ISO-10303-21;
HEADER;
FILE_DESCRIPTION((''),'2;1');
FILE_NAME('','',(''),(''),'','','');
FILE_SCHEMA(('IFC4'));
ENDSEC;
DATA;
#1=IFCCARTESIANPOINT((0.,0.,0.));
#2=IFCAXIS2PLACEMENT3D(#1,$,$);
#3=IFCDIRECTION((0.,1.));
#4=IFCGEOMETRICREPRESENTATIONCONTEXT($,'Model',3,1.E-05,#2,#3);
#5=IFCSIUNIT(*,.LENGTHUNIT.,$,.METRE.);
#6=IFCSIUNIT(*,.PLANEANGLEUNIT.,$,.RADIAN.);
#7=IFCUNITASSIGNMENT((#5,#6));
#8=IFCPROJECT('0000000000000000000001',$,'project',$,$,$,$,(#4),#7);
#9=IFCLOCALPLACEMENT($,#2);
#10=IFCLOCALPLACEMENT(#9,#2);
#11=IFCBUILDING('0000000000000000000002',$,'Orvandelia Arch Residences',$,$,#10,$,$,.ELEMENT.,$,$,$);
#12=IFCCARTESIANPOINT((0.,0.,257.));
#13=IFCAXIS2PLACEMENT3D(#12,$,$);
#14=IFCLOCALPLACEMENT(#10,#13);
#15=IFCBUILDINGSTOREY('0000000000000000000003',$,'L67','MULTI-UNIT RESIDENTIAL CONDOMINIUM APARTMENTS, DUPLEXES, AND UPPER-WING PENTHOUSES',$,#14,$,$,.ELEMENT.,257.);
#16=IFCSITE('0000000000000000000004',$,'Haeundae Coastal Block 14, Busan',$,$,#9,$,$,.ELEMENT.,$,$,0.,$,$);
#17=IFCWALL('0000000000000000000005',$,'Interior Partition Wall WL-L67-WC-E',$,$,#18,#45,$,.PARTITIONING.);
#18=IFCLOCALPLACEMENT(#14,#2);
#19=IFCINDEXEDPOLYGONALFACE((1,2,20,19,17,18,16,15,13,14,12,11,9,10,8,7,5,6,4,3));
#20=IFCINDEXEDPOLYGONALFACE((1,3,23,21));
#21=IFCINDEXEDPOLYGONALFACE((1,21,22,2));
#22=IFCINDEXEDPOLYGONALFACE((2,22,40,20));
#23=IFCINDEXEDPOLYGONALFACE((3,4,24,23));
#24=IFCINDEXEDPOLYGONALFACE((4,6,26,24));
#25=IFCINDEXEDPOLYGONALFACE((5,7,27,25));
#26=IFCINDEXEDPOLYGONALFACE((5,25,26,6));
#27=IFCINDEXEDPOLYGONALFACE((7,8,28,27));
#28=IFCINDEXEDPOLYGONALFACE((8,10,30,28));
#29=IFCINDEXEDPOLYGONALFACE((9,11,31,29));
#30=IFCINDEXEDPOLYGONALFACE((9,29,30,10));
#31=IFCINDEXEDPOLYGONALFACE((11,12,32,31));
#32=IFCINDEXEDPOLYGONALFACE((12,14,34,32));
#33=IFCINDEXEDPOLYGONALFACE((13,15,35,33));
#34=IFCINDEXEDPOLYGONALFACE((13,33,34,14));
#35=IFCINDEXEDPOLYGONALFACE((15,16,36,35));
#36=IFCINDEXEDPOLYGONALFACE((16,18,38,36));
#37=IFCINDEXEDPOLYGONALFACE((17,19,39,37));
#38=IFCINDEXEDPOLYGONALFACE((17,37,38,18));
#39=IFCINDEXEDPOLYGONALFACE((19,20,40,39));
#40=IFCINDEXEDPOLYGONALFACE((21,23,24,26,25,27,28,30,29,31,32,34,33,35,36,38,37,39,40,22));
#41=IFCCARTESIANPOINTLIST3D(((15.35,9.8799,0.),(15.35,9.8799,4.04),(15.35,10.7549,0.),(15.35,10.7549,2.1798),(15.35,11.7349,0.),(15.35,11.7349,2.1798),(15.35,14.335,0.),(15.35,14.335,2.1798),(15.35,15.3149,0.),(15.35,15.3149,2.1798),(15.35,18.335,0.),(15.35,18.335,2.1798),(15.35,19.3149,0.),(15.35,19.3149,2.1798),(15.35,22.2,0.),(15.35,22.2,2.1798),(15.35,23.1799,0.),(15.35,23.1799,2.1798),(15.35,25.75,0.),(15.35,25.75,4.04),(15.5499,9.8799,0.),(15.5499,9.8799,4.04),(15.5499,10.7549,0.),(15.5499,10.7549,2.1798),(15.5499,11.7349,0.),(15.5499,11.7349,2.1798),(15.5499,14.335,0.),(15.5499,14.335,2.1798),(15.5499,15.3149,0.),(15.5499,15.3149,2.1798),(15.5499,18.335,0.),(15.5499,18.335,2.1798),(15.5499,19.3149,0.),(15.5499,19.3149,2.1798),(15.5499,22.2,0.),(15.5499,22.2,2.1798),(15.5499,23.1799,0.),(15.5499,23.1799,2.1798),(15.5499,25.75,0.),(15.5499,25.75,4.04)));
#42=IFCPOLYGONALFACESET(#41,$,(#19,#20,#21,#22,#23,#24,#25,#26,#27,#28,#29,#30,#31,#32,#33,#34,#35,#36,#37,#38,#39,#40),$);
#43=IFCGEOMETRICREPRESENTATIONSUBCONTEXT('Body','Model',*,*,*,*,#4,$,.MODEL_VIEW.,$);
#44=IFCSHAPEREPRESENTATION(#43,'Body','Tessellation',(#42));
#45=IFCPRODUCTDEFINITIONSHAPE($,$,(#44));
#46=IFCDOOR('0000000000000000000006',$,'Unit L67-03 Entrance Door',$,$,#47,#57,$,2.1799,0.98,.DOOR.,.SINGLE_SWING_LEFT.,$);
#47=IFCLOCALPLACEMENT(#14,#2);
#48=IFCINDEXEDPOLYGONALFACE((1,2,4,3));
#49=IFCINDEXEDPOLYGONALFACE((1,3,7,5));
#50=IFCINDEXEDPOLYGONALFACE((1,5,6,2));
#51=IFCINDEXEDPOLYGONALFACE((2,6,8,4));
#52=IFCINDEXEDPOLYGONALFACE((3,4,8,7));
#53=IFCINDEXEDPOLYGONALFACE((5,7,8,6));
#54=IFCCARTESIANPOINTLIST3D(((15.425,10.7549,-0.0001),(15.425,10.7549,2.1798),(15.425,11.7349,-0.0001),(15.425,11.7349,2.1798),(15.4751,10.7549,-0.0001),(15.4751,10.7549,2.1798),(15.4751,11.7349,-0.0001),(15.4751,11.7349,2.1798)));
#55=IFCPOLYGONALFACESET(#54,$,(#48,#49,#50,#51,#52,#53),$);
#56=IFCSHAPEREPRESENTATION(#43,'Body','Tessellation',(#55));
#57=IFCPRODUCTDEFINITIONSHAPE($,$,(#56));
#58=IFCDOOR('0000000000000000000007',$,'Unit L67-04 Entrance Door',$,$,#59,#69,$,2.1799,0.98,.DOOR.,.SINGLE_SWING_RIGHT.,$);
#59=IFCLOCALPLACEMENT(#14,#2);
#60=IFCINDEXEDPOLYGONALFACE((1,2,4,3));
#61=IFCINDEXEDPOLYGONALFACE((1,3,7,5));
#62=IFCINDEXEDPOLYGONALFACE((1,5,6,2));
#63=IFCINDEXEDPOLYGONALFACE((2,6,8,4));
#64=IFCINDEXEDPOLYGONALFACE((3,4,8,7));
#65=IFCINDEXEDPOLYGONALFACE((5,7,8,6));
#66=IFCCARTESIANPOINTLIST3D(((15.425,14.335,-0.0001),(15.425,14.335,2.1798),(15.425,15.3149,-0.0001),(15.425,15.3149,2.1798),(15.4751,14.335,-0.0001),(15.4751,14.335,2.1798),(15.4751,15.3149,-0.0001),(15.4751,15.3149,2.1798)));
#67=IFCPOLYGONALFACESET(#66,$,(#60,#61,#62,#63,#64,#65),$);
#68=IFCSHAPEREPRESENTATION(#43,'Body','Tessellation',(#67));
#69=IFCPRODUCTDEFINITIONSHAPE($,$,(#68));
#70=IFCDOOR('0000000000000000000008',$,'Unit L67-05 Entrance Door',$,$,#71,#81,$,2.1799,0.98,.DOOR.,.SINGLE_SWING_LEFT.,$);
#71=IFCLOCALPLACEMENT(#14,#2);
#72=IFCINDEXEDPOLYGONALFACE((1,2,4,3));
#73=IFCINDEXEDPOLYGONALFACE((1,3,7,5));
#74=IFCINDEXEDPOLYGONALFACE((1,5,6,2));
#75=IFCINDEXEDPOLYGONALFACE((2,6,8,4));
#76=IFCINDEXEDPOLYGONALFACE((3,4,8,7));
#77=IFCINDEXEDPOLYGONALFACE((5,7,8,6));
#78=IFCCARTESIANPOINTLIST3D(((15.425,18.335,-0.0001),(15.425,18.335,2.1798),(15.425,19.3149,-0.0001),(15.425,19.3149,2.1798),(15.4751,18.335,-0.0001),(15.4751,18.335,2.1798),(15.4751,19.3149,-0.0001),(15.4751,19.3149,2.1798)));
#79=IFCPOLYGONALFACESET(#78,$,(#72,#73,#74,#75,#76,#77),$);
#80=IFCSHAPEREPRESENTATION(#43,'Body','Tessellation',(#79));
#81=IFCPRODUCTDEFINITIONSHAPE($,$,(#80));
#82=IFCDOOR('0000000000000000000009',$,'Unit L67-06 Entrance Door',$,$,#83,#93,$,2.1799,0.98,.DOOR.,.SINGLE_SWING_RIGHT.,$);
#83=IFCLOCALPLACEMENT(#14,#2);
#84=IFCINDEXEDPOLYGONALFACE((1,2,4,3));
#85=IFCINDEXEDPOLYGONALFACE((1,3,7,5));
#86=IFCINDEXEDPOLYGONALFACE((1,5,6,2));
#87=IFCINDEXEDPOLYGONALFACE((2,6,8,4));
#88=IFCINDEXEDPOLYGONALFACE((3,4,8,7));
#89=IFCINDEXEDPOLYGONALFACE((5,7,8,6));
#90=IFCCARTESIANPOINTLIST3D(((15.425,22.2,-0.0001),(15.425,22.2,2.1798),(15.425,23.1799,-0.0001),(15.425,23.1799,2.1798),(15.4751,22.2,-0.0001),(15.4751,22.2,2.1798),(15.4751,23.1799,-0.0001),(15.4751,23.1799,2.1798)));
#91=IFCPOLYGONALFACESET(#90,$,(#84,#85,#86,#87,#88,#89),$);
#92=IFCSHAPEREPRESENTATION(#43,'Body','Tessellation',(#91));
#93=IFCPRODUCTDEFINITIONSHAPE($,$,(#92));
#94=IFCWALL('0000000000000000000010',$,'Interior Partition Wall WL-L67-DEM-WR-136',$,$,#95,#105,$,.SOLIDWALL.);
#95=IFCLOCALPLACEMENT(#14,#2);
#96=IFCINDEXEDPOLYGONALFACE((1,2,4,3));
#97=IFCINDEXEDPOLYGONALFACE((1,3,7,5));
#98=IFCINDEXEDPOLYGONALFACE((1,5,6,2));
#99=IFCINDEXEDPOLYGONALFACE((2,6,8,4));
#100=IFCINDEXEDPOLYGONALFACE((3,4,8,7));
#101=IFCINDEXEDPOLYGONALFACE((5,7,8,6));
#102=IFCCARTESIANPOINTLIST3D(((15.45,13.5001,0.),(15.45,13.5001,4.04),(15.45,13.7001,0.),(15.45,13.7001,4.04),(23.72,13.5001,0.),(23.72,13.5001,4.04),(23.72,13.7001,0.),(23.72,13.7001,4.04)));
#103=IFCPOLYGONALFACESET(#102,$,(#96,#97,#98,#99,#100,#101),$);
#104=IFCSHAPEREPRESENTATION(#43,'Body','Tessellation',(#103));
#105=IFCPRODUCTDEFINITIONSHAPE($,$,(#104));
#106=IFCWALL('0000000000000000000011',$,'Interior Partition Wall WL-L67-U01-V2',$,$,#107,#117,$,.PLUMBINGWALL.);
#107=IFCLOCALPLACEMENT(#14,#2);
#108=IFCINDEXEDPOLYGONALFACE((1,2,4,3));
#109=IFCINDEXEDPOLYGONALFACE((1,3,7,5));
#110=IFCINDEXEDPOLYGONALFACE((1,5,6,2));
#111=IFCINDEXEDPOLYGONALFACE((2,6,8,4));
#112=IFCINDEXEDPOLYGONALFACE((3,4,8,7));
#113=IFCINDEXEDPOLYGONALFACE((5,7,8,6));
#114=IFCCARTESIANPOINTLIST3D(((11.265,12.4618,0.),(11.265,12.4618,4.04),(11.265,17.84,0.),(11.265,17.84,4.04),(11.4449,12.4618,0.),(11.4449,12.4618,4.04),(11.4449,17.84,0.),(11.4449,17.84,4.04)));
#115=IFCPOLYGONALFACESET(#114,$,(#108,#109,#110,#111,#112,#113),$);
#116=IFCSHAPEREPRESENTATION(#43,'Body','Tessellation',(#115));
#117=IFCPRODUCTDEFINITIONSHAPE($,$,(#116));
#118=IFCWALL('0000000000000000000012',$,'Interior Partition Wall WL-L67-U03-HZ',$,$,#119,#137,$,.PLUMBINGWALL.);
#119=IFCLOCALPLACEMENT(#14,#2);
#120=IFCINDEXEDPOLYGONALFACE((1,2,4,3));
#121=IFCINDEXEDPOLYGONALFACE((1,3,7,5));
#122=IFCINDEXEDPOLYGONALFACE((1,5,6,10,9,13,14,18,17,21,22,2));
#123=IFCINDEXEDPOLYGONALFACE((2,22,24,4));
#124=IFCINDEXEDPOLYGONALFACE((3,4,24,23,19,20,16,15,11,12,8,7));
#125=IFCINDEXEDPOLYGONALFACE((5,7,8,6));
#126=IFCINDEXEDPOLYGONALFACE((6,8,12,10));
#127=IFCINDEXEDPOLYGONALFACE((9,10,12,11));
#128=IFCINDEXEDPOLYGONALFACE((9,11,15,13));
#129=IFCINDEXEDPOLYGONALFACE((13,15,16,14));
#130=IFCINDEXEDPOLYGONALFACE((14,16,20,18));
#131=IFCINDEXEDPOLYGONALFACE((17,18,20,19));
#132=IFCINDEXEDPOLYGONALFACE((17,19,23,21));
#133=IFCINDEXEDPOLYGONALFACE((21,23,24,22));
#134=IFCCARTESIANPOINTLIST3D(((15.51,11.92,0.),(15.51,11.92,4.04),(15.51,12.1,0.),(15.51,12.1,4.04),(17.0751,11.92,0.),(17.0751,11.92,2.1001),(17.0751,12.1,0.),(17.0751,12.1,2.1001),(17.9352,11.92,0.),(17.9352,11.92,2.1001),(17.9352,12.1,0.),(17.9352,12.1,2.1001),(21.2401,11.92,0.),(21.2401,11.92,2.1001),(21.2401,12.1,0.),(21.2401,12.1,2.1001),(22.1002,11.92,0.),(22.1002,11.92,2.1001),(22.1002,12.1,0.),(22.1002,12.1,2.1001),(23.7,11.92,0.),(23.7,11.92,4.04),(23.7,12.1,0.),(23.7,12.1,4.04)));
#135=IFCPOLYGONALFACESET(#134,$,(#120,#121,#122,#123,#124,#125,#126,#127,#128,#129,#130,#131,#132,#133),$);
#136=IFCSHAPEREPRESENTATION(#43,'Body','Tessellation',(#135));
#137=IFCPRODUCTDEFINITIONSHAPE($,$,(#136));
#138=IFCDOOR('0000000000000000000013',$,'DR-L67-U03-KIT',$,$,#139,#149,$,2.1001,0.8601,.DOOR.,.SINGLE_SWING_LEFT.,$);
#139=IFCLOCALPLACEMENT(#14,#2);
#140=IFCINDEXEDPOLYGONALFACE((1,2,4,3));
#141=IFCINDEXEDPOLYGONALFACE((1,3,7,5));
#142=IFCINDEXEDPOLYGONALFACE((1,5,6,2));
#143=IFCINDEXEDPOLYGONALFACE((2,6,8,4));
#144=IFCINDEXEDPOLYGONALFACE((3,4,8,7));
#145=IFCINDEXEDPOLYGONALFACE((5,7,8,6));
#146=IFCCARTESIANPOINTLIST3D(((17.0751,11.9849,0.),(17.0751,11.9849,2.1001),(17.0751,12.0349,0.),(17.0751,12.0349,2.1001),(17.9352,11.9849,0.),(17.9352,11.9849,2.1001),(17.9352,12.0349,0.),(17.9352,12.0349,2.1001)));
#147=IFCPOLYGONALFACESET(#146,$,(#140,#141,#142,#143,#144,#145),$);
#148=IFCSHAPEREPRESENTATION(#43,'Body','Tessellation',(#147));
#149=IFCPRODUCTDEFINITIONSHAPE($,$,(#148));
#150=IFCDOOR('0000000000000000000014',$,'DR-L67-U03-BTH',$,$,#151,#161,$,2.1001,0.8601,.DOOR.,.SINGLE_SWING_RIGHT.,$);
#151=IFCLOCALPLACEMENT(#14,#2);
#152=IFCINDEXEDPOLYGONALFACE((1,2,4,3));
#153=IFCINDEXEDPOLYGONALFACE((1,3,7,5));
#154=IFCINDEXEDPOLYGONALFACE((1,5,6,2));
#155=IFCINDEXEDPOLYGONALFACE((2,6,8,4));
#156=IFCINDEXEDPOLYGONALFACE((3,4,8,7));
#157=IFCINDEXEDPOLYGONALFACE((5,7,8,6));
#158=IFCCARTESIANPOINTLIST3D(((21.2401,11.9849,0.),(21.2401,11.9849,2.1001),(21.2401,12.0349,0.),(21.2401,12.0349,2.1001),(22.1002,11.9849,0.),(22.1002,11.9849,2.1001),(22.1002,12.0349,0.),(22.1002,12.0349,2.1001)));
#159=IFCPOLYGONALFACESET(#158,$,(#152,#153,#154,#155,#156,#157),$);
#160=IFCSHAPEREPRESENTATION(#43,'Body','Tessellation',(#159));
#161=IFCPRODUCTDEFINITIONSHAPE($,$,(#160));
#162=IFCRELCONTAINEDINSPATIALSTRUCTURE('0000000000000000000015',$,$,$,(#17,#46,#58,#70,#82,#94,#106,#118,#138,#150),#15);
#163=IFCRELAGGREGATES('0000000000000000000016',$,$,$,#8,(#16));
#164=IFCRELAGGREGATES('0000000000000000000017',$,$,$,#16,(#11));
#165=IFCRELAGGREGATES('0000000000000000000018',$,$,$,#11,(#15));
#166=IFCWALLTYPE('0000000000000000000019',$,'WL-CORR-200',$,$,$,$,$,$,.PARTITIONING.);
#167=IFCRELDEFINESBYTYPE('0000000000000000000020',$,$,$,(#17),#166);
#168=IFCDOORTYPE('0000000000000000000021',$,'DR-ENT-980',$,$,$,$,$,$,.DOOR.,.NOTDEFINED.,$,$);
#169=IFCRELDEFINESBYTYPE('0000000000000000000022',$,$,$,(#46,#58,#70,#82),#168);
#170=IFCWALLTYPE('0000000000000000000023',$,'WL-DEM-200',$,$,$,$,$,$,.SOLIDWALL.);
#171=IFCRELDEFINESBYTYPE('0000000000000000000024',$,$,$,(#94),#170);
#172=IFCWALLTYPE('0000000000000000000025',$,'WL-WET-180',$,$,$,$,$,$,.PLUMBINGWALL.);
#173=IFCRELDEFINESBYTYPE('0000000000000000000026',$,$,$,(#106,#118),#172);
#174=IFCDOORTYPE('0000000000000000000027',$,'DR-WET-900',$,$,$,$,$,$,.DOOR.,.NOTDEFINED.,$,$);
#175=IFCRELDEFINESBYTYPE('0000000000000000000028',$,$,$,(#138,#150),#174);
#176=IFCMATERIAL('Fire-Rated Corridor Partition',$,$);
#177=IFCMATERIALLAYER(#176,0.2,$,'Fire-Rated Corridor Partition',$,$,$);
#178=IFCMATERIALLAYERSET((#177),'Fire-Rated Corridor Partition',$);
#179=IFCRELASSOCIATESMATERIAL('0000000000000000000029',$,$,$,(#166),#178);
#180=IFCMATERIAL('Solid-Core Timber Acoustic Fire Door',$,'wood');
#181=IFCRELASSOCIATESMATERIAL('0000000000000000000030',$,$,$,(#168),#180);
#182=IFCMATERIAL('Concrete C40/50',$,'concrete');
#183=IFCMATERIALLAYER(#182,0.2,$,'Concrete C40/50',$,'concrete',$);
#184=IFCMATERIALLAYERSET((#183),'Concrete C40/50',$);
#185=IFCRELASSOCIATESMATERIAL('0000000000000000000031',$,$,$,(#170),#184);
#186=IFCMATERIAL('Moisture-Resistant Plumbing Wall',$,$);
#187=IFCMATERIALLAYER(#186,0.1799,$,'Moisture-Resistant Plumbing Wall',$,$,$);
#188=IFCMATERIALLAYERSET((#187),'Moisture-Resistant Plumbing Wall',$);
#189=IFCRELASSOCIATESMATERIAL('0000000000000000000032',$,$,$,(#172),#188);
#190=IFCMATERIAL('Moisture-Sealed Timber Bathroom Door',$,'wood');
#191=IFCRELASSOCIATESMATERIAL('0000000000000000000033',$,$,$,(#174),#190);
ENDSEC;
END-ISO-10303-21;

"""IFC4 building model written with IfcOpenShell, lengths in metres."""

from ifc_helpers import new_model, si_unit, direction, frame, frame_2d, origin, place, context, subcontext, project, spatial, rectangle, extrude, material, layer, layer_set, type_object, element, fill, save


model = new_model("IFC4")

# Units and contexts
model_context = context("Model", 3, precision=1e-05, world=origin(), true_north=direction((0.0, 1.0)))
body_context = subcontext(model_context, "Body", "Model", "MODEL_VIEW")
ifc_project = project(units=[si_unit("LENGTHUNIT", "METRE"), si_unit("PLANEANGLEUNIT", "RADIAN")], contexts=[model_context])

# Site, building, storey
site_placement = place(None, origin())
site = spatial("IfcSite", under=ifc_project, at=site_placement, Name="Haeundae Coastal Block 14, Busan", CompositionType="ELEMENT", RefElevation=0.0)
building_placement = place(site_placement, origin())
building = spatial("IfcBuilding", under=site, at=building_placement, Name="Orvandelia Arch Residences", CompositionType="ELEMENT")
storey_placement = place(building_placement, frame((0.0, 0.0, 257.0)))
storey = spatial("IfcBuildingStorey", under=building, at=storey_placement, Name="L67", Description="MULTI-UNIT RESIDENTIAL CONDOMINIUM APARTMENTS, DUPLEXES, AND UPPER-WING PENTHOUSES", CompositionType="ELEMENT", Elevation=257.0)

# Wall, openings, doors
ifc_material_1 = material(Name="Fire-Rated Corridor Partition")
ifc_layer_1 = layer(ifc_material_1, 0.2, Name="Fire-Rated Corridor Partition")
ifc_layer_set_1 = layer_set([ifc_layer_1], Name="Fire-Rated Corridor Partition")
wall_type_1 = type_object("IfcWallType", Name="WL-CORR-200", PredefinedType="PARTITIONING", material=ifc_layer_set_1)
ifc_material_2 = material(Name="Solid-Core Timber Acoustic Fire Door", Category="wood")
door_type_1 = type_object("IfcDoorType", Name="DR-ENT-980", OperationType="NOTDEFINED", PredefinedType="DOOR", material=ifc_material_2)
wall_1_placement = place(storey_placement, frame((15.45, 9.8799, 0.0), z_axis=(0.0, 0.0, 1.0), x_axis=(0.0, 1.0, 0.0)))
wall_1 = element("IfcWall", 1, at=wall_1_placement, inside=storey, type_object=wall_type_1, Name="Interior Partition Wall WL-L67-WC-E", PredefinedType="PARTITIONING", context=body_context, shape_type="SweptSolid", body=[
    extrude(rectangle(XDim=15.8701, YDim=0.2, at=frame_2d((7.9351, 0.0))), origin(), (0.0, 0.0, 1.0), 4.04),
])
opening_1_placement = place(wall_1_placement, frame((0.875, 0.0, 0.0)))
opening_1 = element("IfcOpeningElement", 2, at=opening_1_placement, cuts=wall_1, PredefinedType="OPENING", context=body_context, shape_type="SweptSolid", body=[
    extrude(rectangle(XDim=0.98, YDim=2.1799, at=frame_2d((0.49, 1.0898))), frame((0.0, 0.1099, 0.0), z_axis=(0.0, -1.0, 0.0), x_axis=(1.0, 0.0, 0.0)), (0.0, 0.0, 1.0), 0.22),
])
opening_2_placement = place(wall_1_placement, frame((4.4551, 0.0, 0.0)))
opening_2 = element("IfcOpeningElement", 3, at=opening_2_placement, cuts=wall_1, PredefinedType="OPENING", context=body_context, shape_type="SweptSolid", body=[
    extrude(rectangle(XDim=0.98, YDim=2.1799, at=frame_2d((0.49, 1.0898))), frame((0.0, 0.1099, 0.0), z_axis=(0.0, -1.0, 0.0), x_axis=(1.0, 0.0, 0.0)), (0.0, 0.0, 1.0), 0.22),
])
opening_3_placement = place(wall_1_placement, frame((8.4551, 0.0, 0.0)))
opening_3 = element("IfcOpeningElement", 4, at=opening_3_placement, cuts=wall_1, PredefinedType="OPENING", context=body_context, shape_type="SweptSolid", body=[
    extrude(rectangle(XDim=0.98, YDim=2.1799, at=frame_2d((0.49, 1.0898))), frame((0.0, 0.1099, 0.0), z_axis=(0.0, -1.0, 0.0), x_axis=(1.0, 0.0, 0.0)), (0.0, 0.0, 1.0), 0.22),
])
opening_4_placement = place(wall_1_placement, frame((12.3201, 0.0, 0.0)))
opening_4 = element("IfcOpeningElement", 5, at=opening_4_placement, cuts=wall_1, PredefinedType="OPENING", context=body_context, shape_type="SweptSolid", body=[
    extrude(rectangle(XDim=0.98, YDim=2.1799, at=frame_2d((0.49, 1.0898))), frame((0.0, 0.1099, 0.0), z_axis=(0.0, -1.0, 0.0), x_axis=(1.0, 0.0, 0.0)), (0.0, 0.0, 1.0), 0.22),
])
door_1_placement = place(opening_1_placement, origin())
door_1 = element("IfcDoor", 6, at=door_1_placement, inside=storey, type_object=door_type_1, Name="Unit L67-03 Entrance Door", OperationType="SINGLE_SWING_LEFT", OverallHeight=2.1799, OverallWidth=0.98, PredefinedType="DOOR", context=body_context, shape_type="SweptSolid", body=[
    extrude(rectangle(XDim=0.98, YDim=2.1799, at=frame_2d((0.49, 1.0898))), frame((0.0, 0.0249, 0.0), z_axis=(0.0, -1.0, 0.0), x_axis=(1.0, 0.0, 0.0)), (0.0, 0.0, 1.0), 0.05),
])
fill(opening_1, door_1)
door_2_placement = place(opening_2_placement, origin())
door_2 = element("IfcDoor", 7, at=door_2_placement, inside=storey, type_object=door_type_1, Name="Unit L67-04 Entrance Door", OperationType="SINGLE_SWING_RIGHT", OverallHeight=2.1799, OverallWidth=0.98, PredefinedType="DOOR", context=body_context, shape_type="SweptSolid", body=[
    extrude(rectangle(XDim=0.98, YDim=2.1799, at=frame_2d((0.49, 1.0898))), frame((0.0, 0.0249, 0.0), z_axis=(0.0, -1.0, 0.0), x_axis=(1.0, 0.0, 0.0)), (0.0, 0.0, 1.0), 0.05),
])
fill(opening_2, door_2)
door_3_placement = place(opening_3_placement, origin())
door_3 = element("IfcDoor", 8, at=door_3_placement, inside=storey, type_object=door_type_1, Name="Unit L67-05 Entrance Door", OperationType="SINGLE_SWING_LEFT", OverallHeight=2.1799, OverallWidth=0.98, PredefinedType="DOOR", context=body_context, shape_type="SweptSolid", body=[
    extrude(rectangle(XDim=0.98, YDim=2.1799, at=frame_2d((0.49, 1.0898))), frame((0.0, 0.0249, 0.0), z_axis=(0.0, -1.0, 0.0), x_axis=(1.0, 0.0, 0.0)), (0.0, 0.0, 1.0), 0.05),
])
fill(opening_3, door_3)
door_4_placement = place(opening_4_placement, origin())
door_4 = element("IfcDoor", 9, at=door_4_placement, inside=storey, type_object=door_type_1, Name="Unit L67-06 Entrance Door", OperationType="SINGLE_SWING_RIGHT", OverallHeight=2.1799, OverallWidth=0.98, PredefinedType="DOOR", context=body_context, shape_type="SweptSolid", body=[
    extrude(rectangle(XDim=0.98, YDim=2.1799, at=frame_2d((0.49, 1.0898))), frame((0.0, 0.0249, 0.0), z_axis=(0.0, -1.0, 0.0), x_axis=(1.0, 0.0, 0.0)), (0.0, 0.0, 1.0), 0.05),
])
fill(opening_4, door_4)

# Walls
ifc_material_3 = material(Name="Concrete C40/50", Category="concrete")
ifc_layer_2 = layer(ifc_material_3, 0.2, Name="Concrete C40/50", Category="concrete")
ifc_layer_set_2 = layer_set([ifc_layer_2], Name="Concrete C40/50")
wall_type_2 = type_object("IfcWallType", Name="WL-DEM-200", PredefinedType="SOLIDWALL", material=ifc_layer_set_2)
wall_2_placement = place(storey_placement, frame((15.45, 13.6001, 0.0), z_axis=(0.0, 0.0, 1.0), x_axis=(1.0, 0.0, 0.0)))
element("IfcWall", 10, at=wall_2_placement, inside=storey, type_object=wall_type_2, Name="Interior Partition Wall WL-L67-DEM-WR-136", PredefinedType="SOLIDWALL", context=body_context, shape_type="SweptSolid", body=[
    extrude(rectangle(XDim=8.27, YDim=0.2, at=frame_2d((4.135, 0.0))), origin(), (0.0, 0.0, 1.0), 4.04),
])
ifc_material_4 = material(Name="Moisture-Resistant Plumbing Wall")
ifc_layer_3 = layer(ifc_material_4, 0.1799, Name="Moisture-Resistant Plumbing Wall")
ifc_layer_set_3 = layer_set([ifc_layer_3], Name="Moisture-Resistant Plumbing Wall")
wall_type_3 = type_object("IfcWallType", Name="WL-WET-180", PredefinedType="PLUMBINGWALL", material=ifc_layer_set_3)
wall_3_placement = place(storey_placement, frame((11.355, 12.4619, 0.0), z_axis=(0.0, 0.0, 1.0), x_axis=(0.0, 1.0, 0.0)))
element("IfcWall", 11, at=wall_3_placement, inside=storey, type_object=wall_type_3, Name="Interior Partition Wall WL-L67-U01-V2", PredefinedType="PLUMBINGWALL", context=body_context, shape_type="SweptSolid", body=[
    extrude(rectangle(XDim=5.3782, YDim=0.1799, at=frame_2d((2.689, 0.0))), origin(), (0.0, 0.0, 1.0), 4.04),
])

# Wall, openings, doors
wall_4_placement = place(storey_placement, frame((15.51, 12.01, 0.0), z_axis=(0.0, 0.0, 1.0), x_axis=(1.0, 0.0, 0.0)))
wall_4 = element("IfcWall", 12, at=wall_4_placement, inside=storey, type_object=wall_type_3, Name="Interior Partition Wall WL-L67-U03-HZ", PredefinedType="PLUMBINGWALL", context=body_context, shape_type="SweptSolid", body=[
    extrude(rectangle(XDim=8.1899, YDim=0.1799, at=frame_2d((4.095, 0.0))), origin(), (0.0, 0.0, 1.0), 4.04),
])
opening_5_placement = place(wall_4_placement, frame((1.5649, 0.0, 0.0)))
opening_5 = element("IfcOpeningElement", 13, at=opening_5_placement, cuts=wall_4, PredefinedType="OPENING", context=body_context, shape_type="SweptSolid", body=[
    extrude(rectangle(XDim=0.8601, YDim=2.1001, at=frame_2d((0.4302, 1.05))), frame((0.0, 0.1001, 0.0), z_axis=(0.0, -1.0, 0.0), x_axis=(1.0, 0.0, 0.0)), (0.0, 0.0, 1.0), 0.2),
])
opening_6_placement = place(wall_4_placement, frame((5.73, 0.0, 0.0)))
opening_6 = element("IfcOpeningElement", 14, at=opening_6_placement, cuts=wall_4, PredefinedType="OPENING", context=body_context, shape_type="SweptSolid", body=[
    extrude(rectangle(XDim=0.8601, YDim=2.1001, at=frame_2d((0.4302, 1.05))), frame((0.0, 0.1001, 0.0), z_axis=(0.0, -1.0, 0.0), x_axis=(1.0, 0.0, 0.0)), (0.0, 0.0, 1.0), 0.2),
])
ifc_material_5 = material(Name="Moisture-Sealed Timber Bathroom Door", Category="wood")
door_type_2 = type_object("IfcDoorType", Name="DR-WET-900", OperationType="NOTDEFINED", PredefinedType="DOOR", material=ifc_material_5)
door_5_placement = place(opening_5_placement, origin())
door_5 = element("IfcDoor", 15, at=door_5_placement, inside=storey, type_object=door_type_2, Name="DR-L67-U03-KIT", OperationType="SINGLE_SWING_LEFT", OverallHeight=2.1001, OverallWidth=0.8601, PredefinedType="DOOR", context=body_context, shape_type="SweptSolid", body=[
    extrude(rectangle(XDim=0.8601, YDim=2.1001, at=frame_2d((0.4302, 1.05))), frame((0.0, 0.0249, 0.0), z_axis=(0.0, -1.0, 0.0), x_axis=(1.0, 0.0, 0.0)), (0.0, 0.0, 1.0), 0.05),
])
fill(opening_5, door_5)
door_6_placement = place(opening_6_placement, origin())
door_6 = element("IfcDoor", 16, at=door_6_placement, inside=storey, type_object=door_type_2, Name="DR-L67-U03-BTH", OperationType="SINGLE_SWING_RIGHT", OverallHeight=2.1001, OverallWidth=0.8601, PredefinedType="DOOR", context=body_context, shape_type="SweptSolid", body=[
    extrude(rectangle(XDim=0.8601, YDim=2.1001, at=frame_2d((0.4302, 1.05))), frame((0.0, 0.0249, 0.0), z_axis=(0.0, -1.0, 0.0), x_axis=(1.0, 0.0, 0.0)), (0.0, 0.0, 1.0), 0.05),
])
fill(opening_6, door_6)

save(model, "model.ifc")
